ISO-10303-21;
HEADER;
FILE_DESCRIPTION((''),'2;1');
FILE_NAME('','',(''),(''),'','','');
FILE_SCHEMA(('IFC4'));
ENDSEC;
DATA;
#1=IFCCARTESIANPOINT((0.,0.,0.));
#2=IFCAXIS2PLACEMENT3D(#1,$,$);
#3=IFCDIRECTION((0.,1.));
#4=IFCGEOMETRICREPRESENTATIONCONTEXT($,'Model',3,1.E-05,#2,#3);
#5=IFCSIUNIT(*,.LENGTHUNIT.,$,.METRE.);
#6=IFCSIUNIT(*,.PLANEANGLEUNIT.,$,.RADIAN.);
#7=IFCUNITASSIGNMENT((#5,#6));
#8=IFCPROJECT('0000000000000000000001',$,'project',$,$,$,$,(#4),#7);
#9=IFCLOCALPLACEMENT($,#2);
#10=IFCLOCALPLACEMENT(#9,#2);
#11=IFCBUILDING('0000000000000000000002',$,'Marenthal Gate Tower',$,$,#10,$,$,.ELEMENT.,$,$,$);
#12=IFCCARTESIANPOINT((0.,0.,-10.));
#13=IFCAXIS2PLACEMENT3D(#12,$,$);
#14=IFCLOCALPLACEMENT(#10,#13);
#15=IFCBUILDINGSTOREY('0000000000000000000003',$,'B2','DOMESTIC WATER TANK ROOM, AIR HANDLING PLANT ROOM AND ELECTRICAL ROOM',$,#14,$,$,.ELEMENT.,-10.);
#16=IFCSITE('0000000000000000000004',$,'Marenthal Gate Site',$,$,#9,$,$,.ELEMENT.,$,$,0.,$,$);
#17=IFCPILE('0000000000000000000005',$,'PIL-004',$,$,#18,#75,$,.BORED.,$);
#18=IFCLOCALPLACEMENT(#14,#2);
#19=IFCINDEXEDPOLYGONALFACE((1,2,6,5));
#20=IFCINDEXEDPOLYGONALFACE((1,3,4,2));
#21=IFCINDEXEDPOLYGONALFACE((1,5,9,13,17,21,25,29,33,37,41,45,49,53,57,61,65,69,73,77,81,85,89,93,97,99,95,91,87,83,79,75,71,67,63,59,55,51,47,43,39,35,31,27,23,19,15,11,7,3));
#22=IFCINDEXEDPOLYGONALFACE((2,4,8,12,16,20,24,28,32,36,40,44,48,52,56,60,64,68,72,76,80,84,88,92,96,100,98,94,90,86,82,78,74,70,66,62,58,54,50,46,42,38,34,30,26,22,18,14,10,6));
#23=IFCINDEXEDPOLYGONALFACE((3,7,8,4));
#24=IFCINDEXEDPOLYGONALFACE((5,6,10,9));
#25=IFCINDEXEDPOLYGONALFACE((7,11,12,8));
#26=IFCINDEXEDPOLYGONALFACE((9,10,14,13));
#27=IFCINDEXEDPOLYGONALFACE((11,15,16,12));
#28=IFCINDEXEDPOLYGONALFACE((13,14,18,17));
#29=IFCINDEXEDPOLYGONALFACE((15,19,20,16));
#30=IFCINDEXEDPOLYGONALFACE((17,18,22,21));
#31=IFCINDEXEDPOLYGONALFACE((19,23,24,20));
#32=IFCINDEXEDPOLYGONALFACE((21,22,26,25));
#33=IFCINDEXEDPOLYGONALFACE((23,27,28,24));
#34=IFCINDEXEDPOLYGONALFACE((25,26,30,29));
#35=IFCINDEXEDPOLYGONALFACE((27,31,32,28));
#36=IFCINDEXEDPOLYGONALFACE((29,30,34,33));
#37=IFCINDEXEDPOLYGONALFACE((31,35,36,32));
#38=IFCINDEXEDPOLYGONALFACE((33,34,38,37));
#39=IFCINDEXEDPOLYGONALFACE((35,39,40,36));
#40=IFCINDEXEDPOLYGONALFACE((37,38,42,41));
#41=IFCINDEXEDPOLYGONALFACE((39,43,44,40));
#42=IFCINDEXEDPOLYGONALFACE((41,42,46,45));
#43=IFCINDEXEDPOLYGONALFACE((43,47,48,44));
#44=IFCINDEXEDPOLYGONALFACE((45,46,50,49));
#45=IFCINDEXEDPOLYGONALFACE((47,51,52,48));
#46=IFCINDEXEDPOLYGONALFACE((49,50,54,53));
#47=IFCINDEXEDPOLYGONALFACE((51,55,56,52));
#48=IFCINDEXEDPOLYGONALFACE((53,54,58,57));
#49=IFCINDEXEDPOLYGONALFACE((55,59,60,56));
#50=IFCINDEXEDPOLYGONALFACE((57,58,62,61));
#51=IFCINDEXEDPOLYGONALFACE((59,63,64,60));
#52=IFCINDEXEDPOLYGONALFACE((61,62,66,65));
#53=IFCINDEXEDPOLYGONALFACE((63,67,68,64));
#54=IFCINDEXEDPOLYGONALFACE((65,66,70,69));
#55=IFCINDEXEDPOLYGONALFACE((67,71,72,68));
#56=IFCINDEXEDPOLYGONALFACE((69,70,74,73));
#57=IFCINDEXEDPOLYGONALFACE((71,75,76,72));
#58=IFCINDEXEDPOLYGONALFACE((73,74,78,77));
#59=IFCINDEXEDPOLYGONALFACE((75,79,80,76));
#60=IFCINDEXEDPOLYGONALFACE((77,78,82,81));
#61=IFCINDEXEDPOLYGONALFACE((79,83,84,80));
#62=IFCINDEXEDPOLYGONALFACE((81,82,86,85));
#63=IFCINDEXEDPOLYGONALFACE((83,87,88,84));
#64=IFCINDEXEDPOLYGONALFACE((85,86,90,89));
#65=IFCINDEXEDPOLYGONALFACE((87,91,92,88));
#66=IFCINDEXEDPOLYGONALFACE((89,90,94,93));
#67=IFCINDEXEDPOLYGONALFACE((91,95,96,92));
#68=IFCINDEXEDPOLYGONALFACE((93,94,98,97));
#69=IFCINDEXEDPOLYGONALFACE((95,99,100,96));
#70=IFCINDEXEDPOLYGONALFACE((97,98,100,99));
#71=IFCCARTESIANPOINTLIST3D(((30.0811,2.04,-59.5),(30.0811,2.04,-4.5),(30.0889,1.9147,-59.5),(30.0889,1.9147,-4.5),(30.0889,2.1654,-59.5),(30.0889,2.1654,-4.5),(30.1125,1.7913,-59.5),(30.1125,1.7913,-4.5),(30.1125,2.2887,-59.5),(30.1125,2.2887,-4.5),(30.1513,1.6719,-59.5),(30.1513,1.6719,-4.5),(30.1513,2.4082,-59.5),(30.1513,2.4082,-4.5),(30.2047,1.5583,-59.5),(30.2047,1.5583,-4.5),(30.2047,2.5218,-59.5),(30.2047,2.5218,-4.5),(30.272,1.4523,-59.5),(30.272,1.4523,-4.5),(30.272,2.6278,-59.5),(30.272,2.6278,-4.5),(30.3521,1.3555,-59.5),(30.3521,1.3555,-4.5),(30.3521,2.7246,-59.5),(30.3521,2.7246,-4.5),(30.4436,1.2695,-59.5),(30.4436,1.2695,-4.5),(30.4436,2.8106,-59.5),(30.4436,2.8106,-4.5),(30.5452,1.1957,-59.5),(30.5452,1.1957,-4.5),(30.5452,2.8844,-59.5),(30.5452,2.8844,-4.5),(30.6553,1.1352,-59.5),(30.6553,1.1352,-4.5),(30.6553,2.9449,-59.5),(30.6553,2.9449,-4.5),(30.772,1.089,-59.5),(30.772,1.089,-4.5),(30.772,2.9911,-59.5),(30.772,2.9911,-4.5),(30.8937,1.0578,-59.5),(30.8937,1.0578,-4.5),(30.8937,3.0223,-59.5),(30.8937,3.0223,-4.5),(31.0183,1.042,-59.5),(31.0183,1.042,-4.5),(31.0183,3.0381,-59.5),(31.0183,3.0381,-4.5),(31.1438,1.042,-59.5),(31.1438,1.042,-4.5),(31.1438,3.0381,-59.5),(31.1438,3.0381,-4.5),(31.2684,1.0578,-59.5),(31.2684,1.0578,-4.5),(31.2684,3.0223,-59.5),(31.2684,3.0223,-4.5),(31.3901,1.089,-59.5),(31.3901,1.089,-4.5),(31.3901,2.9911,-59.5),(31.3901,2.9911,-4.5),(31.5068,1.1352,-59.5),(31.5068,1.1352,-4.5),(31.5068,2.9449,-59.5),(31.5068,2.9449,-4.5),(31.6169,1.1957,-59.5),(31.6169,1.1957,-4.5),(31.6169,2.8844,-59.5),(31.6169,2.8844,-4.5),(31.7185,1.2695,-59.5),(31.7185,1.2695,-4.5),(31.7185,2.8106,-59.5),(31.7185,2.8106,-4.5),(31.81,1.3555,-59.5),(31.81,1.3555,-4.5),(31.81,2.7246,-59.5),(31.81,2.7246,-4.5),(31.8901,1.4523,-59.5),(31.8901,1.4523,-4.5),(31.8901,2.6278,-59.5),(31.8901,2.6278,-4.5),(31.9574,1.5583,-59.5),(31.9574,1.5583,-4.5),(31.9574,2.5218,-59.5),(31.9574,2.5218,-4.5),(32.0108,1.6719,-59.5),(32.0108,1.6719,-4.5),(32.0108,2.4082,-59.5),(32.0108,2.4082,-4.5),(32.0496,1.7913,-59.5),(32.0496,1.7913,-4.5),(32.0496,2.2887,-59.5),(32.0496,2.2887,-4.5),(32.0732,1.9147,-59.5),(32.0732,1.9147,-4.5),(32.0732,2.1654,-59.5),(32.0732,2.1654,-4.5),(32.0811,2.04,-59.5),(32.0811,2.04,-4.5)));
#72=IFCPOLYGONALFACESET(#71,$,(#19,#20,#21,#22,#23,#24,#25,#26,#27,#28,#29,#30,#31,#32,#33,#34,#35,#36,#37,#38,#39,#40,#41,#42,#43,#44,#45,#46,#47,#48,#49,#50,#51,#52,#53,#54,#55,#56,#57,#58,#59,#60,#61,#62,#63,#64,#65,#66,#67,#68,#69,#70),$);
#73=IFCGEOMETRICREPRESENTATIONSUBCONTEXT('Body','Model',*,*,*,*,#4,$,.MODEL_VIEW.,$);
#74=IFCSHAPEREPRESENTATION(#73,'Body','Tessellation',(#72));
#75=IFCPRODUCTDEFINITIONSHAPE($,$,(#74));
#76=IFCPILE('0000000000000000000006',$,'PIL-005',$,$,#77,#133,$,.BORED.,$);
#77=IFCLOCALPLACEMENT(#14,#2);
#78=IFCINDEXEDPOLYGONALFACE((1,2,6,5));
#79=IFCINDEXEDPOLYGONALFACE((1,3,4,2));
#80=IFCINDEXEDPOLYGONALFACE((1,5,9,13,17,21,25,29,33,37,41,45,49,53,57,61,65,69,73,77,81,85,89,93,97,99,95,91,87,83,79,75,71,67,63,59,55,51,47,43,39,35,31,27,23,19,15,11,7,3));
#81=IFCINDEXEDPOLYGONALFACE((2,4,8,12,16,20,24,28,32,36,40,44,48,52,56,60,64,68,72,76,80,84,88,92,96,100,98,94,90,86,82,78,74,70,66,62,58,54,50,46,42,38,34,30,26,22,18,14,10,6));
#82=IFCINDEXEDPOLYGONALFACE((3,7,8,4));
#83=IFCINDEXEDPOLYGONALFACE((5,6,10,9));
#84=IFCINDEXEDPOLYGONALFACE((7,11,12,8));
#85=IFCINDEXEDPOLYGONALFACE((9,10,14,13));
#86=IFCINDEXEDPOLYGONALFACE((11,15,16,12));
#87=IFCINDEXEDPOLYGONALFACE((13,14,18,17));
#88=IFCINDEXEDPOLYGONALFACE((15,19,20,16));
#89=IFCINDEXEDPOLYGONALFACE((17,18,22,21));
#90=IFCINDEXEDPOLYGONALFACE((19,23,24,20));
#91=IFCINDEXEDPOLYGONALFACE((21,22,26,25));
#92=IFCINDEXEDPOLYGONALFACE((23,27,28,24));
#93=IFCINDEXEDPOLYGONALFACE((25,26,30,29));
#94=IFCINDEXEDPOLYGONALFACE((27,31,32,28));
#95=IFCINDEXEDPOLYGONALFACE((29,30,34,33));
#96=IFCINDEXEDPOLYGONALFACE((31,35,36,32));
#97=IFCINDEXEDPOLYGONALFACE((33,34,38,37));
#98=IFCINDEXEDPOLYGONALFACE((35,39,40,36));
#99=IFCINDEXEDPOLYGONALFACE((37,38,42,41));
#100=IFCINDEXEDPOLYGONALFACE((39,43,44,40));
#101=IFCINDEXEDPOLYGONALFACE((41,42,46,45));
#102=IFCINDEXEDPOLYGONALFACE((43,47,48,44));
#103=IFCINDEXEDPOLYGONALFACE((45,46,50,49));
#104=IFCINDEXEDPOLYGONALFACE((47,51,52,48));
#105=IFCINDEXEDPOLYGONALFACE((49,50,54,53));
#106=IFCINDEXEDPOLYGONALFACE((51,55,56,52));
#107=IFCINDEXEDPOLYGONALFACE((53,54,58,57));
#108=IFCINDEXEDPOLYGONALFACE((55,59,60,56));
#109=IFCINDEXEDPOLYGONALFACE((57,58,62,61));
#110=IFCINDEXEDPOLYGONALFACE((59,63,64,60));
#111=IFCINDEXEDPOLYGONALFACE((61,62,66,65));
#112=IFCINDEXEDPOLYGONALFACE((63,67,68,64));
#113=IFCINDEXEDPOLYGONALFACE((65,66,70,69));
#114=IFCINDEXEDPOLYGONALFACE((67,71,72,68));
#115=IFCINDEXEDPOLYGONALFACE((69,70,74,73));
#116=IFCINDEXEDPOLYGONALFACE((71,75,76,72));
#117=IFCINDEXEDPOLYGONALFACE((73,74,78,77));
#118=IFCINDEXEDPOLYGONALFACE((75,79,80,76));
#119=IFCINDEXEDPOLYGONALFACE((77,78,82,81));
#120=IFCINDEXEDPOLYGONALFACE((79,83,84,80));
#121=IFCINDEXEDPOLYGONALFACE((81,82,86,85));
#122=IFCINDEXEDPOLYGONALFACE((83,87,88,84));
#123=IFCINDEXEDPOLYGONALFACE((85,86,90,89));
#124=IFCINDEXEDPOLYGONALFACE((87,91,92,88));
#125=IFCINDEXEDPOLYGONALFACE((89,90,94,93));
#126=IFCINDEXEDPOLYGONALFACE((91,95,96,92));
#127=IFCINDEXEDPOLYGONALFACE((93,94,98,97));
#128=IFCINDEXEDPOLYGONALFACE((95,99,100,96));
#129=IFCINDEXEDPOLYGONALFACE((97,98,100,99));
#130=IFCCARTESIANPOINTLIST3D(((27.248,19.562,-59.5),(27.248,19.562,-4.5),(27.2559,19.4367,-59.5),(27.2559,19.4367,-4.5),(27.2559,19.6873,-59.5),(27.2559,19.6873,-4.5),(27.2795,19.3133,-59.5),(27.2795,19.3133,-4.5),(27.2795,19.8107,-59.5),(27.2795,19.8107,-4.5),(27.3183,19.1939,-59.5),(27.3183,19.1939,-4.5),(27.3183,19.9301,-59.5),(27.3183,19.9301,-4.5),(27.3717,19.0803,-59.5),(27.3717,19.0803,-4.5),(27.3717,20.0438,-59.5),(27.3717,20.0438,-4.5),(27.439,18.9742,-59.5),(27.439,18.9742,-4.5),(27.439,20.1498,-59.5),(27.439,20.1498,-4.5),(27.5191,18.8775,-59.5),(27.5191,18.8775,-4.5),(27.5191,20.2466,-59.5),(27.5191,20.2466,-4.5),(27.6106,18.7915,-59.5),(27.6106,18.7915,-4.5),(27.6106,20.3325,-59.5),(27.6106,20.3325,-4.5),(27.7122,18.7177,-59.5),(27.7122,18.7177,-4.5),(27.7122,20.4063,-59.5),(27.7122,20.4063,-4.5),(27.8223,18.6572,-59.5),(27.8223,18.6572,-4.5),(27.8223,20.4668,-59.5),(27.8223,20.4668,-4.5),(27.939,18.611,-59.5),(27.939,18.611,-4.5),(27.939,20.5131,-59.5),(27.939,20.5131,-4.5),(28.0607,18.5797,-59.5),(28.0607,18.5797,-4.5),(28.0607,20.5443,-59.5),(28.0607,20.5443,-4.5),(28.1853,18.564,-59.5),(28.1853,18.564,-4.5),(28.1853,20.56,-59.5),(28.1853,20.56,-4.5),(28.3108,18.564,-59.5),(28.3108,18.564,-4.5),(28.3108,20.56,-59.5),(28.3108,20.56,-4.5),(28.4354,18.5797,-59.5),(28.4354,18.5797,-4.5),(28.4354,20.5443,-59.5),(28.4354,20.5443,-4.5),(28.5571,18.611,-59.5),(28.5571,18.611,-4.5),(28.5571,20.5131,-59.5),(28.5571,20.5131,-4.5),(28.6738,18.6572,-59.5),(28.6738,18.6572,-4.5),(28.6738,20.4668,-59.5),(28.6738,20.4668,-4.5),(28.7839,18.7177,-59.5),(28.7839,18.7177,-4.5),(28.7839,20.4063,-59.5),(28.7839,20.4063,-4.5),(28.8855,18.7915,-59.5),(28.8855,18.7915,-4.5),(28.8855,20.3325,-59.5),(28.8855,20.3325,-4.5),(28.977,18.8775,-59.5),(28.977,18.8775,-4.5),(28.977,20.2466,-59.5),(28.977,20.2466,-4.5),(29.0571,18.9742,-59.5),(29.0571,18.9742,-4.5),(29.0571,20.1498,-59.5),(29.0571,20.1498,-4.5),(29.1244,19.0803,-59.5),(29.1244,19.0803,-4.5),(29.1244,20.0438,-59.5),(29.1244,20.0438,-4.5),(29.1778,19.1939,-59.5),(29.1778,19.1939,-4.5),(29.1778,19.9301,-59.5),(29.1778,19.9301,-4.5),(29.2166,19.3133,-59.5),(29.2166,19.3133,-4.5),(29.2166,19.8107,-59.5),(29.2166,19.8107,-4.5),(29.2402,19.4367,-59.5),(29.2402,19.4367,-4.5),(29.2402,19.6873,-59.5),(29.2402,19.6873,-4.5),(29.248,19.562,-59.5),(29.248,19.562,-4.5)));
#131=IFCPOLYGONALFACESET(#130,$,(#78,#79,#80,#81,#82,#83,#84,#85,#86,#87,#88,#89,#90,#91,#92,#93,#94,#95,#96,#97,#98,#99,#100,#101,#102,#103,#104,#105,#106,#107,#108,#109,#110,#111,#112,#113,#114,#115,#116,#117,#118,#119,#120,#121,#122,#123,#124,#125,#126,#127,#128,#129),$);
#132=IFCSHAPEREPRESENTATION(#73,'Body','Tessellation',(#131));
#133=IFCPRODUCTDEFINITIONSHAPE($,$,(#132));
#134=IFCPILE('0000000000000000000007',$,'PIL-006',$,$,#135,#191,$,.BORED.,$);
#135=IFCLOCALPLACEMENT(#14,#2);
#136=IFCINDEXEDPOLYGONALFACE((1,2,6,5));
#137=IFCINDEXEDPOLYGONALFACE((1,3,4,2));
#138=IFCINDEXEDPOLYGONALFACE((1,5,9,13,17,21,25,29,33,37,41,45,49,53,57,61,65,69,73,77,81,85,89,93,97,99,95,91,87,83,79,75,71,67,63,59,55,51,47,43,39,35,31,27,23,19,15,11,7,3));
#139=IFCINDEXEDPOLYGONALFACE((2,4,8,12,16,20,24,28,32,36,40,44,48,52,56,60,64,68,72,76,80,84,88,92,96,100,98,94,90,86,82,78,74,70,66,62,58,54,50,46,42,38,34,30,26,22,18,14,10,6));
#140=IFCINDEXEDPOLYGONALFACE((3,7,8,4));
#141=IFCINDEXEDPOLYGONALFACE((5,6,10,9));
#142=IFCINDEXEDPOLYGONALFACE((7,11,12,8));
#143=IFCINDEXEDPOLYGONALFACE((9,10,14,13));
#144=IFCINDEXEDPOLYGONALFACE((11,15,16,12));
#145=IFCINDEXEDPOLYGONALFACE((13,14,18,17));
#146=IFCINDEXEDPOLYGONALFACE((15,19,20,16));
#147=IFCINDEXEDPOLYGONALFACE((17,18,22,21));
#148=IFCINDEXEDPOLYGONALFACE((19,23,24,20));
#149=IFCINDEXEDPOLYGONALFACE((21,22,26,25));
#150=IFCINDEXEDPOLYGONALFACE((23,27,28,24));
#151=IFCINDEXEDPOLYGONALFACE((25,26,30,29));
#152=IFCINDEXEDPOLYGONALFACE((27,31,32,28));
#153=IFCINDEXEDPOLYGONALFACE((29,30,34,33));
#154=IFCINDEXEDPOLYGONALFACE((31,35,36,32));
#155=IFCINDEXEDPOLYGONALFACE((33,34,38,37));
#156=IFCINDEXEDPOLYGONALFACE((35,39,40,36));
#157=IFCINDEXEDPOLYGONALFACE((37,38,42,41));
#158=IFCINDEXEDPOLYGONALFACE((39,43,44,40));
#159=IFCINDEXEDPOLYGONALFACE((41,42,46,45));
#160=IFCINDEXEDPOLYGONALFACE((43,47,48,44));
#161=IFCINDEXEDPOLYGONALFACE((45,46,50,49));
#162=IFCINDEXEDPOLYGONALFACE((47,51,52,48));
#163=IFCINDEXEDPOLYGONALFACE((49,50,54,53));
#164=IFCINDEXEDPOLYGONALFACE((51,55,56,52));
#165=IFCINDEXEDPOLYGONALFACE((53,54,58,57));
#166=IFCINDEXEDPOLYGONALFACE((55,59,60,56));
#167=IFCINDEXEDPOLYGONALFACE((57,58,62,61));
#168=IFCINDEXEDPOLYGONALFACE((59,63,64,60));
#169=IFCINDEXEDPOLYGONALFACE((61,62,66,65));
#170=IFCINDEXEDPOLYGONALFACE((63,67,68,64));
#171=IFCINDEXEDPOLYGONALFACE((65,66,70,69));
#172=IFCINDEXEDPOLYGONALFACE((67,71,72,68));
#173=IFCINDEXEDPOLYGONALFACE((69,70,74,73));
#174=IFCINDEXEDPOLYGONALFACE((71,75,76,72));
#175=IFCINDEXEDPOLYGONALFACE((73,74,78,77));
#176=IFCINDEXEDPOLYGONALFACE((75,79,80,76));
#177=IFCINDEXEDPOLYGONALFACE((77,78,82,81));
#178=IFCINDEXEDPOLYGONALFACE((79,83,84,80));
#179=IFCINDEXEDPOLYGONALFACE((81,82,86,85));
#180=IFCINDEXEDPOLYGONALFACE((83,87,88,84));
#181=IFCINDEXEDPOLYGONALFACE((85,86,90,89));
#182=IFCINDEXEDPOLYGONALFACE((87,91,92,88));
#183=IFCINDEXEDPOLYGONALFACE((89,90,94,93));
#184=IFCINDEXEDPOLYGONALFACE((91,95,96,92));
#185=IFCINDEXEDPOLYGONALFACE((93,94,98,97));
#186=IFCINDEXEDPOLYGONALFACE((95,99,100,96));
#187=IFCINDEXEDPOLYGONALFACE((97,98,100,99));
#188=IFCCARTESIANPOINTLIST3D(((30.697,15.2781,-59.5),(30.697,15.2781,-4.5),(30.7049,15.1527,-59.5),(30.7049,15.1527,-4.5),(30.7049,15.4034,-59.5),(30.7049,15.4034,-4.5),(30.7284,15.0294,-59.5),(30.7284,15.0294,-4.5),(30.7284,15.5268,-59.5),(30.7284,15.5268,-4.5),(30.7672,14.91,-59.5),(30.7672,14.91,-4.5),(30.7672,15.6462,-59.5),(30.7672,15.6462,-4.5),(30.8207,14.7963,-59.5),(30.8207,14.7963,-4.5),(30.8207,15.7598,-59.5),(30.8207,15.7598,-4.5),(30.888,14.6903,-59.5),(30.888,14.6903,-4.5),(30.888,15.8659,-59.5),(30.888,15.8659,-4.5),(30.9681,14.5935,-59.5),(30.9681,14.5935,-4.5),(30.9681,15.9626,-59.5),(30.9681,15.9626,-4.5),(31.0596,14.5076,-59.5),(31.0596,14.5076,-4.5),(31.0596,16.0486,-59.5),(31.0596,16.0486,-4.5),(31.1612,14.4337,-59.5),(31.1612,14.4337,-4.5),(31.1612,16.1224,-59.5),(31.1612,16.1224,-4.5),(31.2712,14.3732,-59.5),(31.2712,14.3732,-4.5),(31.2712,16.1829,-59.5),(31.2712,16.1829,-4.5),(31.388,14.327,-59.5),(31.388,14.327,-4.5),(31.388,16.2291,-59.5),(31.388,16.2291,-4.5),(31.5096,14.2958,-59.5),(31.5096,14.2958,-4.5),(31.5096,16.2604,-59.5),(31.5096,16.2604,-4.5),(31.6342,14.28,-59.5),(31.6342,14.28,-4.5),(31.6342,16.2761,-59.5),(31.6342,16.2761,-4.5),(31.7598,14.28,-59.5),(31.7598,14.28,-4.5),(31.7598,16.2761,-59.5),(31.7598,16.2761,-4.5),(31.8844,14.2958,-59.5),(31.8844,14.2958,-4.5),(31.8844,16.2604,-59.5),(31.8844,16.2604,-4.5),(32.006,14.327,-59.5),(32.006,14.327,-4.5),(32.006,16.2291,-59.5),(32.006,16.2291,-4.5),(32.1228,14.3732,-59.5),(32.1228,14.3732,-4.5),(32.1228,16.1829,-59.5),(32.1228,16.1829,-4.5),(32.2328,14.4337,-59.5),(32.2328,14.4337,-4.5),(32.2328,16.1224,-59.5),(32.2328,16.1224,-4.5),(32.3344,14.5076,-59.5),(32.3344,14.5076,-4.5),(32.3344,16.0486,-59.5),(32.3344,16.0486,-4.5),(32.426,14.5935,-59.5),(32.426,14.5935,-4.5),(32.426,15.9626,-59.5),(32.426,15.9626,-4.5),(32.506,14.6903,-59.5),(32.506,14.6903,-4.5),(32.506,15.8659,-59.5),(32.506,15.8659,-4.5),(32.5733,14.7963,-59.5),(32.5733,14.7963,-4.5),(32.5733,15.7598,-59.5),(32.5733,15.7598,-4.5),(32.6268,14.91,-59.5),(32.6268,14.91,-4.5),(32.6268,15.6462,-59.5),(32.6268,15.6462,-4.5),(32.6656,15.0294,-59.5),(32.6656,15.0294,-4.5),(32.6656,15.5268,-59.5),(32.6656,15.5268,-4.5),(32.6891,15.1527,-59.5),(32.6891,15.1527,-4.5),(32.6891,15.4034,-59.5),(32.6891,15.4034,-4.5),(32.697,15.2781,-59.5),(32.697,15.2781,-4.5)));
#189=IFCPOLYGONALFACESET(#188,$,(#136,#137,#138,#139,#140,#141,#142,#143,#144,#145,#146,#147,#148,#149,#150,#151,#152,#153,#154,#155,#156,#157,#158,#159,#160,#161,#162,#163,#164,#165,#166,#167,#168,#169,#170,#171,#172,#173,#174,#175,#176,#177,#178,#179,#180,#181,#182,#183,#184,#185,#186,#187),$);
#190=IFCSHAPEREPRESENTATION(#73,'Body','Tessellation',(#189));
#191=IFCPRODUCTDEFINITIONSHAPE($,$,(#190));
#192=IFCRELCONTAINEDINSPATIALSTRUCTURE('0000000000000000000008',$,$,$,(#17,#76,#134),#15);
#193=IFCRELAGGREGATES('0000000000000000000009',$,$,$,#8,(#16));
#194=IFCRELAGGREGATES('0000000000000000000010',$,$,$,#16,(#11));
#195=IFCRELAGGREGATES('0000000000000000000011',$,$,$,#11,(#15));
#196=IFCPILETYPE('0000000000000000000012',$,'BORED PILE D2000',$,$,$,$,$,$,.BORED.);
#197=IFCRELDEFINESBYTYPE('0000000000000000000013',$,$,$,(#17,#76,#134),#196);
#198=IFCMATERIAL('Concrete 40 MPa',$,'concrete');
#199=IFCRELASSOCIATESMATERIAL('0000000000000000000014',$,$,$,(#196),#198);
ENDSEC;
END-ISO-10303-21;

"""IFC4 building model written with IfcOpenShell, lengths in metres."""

from ifc_helpers import new_model, si_unit, direction, frame, origin, origin_2d, place, context, subcontext, project, spatial, circle, extrude, material, type_object, element, save


model = new_model("IFC4")

# Units and contexts
model_context = context("Model", 3, precision=1e-05, world=origin(), true_north=direction((0.0, 1.0)))
body_context = subcontext(model_context, "Body", "Model", "MODEL_VIEW")
ifc_project = project(units=[si_unit("LENGTHUNIT", "METRE"), si_unit("PLANEANGLEUNIT", "RADIAN")], contexts=[model_context])

# Site, building, storey
site_placement = place(None, origin())
site = spatial("IfcSite", under=ifc_project, at=site_placement, Name="Marenthal Gate Site", CompositionType="ELEMENT", RefElevation=0.0)
building_placement = place(site_placement, origin())
building = spatial("IfcBuilding", under=site, at=building_placement, Name="Marenthal Gate Tower", CompositionType="ELEMENT")
storey_placement = place(building_placement, frame((0.0, 0.0, -10.0)))
storey = spatial("IfcBuildingStorey", under=building, at=storey_placement, Name="B2", Description="DOMESTIC WATER TANK ROOM, AIR HANDLING PLANT ROOM AND ELECTRICAL ROOM", CompositionType="ELEMENT", Elevation=-10.0)

# Piles
ifc_material_1 = material(Name="Concrete 40 MPa", Category="concrete")
pile_type = type_object("IfcPileType", Name="BORED PILE D2000", PredefinedType="BORED", material=ifc_material_1)
for number, where, z_axis, x_axis, name in (
    (1, (31.0811, 2.04, -4.5), (0.0, 0.0, -1.0), (1.0, 0.0, 0.0), "PIL-004"),
    (2, (28.248, 19.562, -4.5), (0.0, 0.0, -1.0), (1.0, 0.0, 0.0), "PIL-005"),
    (3, (31.697, 15.2781, -4.5), (0.0, 0.0, -1.0), (1.0, 0.0, 0.0), "PIL-006"),
):
    element("IfcPile", number, at=place(storey_placement, frame(where, z_axis=z_axis, x_axis=x_axis)), inside=storey, type_object=pile_type, Name=name, PredefinedType="BORED", context=body_context, shape_type="SweptSolid", body=[
        extrude(circle(Radius=1.0, at=origin_2d()), origin(), (0.0, 0.0, 1.0), 55.0),
    ])

save(model, "model.ifc")
